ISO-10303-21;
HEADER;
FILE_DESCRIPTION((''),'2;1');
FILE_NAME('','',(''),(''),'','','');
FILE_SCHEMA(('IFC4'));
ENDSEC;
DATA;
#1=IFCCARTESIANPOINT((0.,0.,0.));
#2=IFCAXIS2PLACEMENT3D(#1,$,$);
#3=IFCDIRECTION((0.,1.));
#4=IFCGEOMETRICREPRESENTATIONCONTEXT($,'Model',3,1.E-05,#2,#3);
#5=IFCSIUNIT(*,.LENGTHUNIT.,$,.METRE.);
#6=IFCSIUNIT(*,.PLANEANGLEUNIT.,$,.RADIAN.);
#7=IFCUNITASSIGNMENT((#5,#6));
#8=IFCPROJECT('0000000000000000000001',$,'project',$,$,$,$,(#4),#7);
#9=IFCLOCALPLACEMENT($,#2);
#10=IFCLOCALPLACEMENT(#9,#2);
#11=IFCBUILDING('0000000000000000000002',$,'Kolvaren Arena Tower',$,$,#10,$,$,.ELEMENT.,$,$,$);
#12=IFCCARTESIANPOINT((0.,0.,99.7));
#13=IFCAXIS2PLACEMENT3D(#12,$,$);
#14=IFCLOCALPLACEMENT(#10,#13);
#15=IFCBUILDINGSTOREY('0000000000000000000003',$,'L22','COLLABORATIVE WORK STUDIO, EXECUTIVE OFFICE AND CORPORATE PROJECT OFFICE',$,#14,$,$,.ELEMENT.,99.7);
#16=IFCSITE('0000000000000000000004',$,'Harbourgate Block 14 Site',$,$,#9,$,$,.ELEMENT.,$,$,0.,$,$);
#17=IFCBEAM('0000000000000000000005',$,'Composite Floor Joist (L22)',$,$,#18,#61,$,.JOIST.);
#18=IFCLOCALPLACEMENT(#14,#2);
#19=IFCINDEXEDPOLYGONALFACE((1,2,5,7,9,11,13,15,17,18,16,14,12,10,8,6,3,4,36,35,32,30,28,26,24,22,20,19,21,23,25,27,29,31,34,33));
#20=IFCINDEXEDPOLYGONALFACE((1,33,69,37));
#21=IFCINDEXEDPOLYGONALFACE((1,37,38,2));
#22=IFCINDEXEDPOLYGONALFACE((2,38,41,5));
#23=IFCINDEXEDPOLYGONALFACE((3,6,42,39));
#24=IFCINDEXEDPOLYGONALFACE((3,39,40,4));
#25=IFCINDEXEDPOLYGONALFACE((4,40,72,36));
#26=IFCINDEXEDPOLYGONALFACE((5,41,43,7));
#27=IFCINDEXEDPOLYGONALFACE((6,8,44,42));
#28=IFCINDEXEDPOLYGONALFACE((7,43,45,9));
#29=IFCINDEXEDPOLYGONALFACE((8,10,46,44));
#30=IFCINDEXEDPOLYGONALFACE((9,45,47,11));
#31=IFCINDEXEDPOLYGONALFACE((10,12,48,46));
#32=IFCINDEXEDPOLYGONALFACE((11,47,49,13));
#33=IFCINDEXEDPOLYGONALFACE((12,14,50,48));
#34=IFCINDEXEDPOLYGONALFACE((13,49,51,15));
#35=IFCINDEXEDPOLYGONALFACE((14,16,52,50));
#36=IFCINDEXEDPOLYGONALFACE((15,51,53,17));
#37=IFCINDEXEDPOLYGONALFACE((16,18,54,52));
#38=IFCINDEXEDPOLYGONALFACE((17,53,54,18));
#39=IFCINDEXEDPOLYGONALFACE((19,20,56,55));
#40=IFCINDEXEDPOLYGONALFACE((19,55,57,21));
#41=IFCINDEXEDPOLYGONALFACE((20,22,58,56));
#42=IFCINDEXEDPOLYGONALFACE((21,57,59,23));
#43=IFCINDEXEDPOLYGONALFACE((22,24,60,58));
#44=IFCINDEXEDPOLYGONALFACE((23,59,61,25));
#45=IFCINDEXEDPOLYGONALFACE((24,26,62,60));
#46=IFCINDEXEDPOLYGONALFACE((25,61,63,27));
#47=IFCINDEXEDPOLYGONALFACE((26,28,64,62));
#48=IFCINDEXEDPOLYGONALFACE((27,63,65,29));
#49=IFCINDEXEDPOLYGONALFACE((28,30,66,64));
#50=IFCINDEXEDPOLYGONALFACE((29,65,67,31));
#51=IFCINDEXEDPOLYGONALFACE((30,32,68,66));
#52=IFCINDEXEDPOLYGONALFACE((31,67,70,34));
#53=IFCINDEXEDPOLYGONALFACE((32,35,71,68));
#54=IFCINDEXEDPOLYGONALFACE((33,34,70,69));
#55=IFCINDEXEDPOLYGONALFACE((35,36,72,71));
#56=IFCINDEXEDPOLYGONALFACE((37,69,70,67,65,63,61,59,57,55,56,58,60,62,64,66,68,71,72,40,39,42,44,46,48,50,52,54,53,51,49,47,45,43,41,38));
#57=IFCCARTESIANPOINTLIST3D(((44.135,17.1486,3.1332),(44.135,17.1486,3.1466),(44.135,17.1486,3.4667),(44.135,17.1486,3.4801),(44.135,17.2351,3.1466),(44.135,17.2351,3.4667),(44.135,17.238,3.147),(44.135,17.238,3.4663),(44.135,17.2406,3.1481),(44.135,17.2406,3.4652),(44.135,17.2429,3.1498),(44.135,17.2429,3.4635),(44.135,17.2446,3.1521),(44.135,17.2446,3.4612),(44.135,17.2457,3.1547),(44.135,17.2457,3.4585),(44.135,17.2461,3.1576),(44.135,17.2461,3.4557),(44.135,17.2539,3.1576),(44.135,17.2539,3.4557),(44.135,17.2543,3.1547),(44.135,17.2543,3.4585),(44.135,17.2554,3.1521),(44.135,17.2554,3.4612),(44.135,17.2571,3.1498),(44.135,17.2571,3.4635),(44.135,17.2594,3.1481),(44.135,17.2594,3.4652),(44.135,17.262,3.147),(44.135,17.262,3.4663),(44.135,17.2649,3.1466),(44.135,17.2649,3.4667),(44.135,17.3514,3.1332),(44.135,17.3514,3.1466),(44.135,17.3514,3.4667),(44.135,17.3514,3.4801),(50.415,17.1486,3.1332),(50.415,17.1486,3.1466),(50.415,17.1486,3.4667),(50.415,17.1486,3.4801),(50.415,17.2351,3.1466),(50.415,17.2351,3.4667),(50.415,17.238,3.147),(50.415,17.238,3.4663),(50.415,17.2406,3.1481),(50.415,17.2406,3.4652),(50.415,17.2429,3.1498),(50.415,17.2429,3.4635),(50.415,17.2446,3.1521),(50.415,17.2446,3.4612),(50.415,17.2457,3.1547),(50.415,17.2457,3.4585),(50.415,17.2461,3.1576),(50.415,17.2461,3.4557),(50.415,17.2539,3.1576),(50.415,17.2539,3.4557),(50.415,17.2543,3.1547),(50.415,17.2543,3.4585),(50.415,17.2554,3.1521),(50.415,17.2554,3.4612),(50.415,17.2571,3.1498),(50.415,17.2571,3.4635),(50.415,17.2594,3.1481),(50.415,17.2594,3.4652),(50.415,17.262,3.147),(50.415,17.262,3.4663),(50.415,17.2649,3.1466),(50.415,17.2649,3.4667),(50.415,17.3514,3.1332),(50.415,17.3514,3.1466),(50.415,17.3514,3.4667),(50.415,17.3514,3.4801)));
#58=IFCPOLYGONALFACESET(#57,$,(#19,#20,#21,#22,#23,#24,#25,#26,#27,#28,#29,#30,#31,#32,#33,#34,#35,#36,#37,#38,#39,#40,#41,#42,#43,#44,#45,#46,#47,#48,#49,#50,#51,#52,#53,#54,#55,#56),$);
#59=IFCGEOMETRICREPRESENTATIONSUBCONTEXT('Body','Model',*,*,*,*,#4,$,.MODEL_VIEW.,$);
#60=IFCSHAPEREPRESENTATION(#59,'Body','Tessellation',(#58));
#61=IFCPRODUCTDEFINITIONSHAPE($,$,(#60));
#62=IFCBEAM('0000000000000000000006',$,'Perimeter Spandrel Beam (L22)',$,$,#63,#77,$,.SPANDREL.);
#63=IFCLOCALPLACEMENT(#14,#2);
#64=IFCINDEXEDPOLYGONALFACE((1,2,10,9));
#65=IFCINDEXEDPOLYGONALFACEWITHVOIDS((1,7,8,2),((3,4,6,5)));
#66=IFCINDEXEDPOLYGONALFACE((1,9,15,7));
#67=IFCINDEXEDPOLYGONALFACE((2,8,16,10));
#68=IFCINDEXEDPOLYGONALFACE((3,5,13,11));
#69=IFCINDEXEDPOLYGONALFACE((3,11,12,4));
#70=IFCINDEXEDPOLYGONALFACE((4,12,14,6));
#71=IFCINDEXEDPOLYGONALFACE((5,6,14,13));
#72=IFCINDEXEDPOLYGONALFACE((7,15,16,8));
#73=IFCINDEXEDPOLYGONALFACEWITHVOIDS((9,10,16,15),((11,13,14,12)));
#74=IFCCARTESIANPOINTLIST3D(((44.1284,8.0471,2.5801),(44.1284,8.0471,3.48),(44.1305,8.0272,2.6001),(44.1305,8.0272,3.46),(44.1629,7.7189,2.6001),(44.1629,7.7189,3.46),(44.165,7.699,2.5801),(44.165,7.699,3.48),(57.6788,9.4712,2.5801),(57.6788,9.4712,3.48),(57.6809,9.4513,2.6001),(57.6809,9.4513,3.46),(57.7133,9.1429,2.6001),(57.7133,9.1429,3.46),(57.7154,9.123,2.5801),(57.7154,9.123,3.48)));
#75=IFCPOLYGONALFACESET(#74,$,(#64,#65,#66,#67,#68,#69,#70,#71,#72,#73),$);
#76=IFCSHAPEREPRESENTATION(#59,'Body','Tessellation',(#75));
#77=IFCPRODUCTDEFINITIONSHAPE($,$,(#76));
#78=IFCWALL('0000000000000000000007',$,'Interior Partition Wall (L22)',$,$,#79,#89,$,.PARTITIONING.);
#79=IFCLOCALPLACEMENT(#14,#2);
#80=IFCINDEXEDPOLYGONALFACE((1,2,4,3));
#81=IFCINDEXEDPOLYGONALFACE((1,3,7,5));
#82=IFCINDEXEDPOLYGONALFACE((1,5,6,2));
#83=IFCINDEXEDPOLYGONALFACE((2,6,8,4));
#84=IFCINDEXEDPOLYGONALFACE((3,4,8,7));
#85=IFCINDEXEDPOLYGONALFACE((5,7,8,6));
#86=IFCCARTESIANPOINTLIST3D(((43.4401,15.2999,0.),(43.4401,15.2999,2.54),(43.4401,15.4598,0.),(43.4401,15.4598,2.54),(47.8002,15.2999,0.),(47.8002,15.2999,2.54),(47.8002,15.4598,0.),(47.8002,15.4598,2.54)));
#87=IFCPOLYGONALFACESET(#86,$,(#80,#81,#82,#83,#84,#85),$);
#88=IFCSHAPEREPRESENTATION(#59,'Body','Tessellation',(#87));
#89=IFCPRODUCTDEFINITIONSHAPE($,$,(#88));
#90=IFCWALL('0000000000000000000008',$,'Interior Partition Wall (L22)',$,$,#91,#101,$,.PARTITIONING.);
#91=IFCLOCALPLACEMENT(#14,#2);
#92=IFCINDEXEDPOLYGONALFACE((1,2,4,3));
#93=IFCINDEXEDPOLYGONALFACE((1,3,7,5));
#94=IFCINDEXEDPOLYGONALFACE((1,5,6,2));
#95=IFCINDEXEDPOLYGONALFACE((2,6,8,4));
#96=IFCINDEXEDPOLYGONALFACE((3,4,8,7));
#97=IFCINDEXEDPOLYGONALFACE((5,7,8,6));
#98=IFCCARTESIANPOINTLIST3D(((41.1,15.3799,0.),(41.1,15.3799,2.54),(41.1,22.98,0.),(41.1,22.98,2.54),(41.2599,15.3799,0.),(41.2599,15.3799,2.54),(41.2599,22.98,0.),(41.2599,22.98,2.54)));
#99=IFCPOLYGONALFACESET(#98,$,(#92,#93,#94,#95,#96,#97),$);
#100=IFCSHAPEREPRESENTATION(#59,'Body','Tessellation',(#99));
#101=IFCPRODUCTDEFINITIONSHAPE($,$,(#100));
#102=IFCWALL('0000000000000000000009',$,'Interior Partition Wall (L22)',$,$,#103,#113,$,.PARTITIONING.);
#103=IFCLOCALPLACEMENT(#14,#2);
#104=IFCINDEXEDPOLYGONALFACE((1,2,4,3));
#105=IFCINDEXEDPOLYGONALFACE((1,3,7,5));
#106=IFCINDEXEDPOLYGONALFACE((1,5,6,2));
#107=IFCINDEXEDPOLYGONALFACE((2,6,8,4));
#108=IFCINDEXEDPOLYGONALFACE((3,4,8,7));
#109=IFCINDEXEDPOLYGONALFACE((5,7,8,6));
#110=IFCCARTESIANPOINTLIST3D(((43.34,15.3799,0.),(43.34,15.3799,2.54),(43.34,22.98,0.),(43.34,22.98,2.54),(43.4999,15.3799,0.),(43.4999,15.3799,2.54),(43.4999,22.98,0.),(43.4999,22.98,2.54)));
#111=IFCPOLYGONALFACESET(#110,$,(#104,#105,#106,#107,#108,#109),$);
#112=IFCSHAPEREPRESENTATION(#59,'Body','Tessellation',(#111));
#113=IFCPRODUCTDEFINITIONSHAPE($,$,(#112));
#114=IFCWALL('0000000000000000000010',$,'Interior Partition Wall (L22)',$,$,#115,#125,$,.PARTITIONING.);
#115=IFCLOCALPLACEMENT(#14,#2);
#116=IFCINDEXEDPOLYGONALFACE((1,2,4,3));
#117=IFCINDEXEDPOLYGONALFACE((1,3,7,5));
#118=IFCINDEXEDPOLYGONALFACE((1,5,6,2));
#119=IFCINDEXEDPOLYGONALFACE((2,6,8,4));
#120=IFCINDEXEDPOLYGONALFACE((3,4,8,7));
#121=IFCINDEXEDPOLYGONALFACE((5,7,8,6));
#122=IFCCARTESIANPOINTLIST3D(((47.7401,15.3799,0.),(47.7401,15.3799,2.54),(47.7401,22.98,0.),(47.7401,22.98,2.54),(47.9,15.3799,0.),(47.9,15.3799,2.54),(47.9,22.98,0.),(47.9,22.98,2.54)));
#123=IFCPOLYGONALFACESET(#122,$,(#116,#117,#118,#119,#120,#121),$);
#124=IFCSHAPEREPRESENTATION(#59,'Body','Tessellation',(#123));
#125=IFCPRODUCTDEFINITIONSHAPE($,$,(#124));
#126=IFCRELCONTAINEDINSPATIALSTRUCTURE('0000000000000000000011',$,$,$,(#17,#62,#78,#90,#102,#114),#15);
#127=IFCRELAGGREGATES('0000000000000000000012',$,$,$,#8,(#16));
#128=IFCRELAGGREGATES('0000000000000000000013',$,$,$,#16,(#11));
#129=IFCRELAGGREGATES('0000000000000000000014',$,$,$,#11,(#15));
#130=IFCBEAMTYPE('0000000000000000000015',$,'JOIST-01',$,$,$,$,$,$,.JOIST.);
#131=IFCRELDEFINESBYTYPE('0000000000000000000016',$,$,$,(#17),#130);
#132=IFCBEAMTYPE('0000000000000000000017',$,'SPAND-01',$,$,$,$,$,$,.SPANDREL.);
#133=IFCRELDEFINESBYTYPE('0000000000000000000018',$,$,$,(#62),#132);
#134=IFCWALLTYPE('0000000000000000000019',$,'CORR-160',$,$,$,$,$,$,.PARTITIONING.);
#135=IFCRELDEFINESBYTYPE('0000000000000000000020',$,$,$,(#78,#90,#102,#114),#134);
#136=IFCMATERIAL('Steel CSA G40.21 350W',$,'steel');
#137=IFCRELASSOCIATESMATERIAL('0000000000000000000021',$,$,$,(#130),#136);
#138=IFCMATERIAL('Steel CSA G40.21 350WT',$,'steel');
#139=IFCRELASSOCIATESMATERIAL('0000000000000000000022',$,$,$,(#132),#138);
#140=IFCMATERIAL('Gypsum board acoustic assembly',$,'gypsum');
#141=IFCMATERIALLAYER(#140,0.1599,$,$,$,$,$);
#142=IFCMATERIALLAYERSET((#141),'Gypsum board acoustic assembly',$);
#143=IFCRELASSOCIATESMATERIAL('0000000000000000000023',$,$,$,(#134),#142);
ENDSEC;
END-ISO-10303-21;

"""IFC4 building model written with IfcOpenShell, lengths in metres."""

from ifc_helpers import new_model, si_unit, direction, frame, frame_2d, origin, origin_2d, place, context, subcontext, project, spatial, rectangle, hollow_rectangle, i_section, extrude, material, layer, layer_set, material_profile, profile_set, type_object, element, save


model = new_model("IFC4")

# Units and contexts
model_context = context("Model", 3, precision=1e-05, world=origin(), true_north=direction((0.0, 1.0)))
body_context = subcontext(model_context, "Body", "Model", "MODEL_VIEW")
ifc_project = project(units=[si_unit("LENGTHUNIT", "METRE"), si_unit("PLANEANGLEUNIT", "RADIAN")], contexts=[model_context])

# Site, building, storey
site_placement = place(None, origin())
site = spatial("IfcSite", under=ifc_project, at=site_placement, Name="Harbourgate Block 14 Site", CompositionType="ELEMENT", RefElevation=0.0)
building_placement = place(site_placement, origin())
building = spatial("IfcBuilding", under=site, at=building_placement, Name="Kolvaren Arena Tower", CompositionType="ELEMENT")
storey_placement = place(building_placement, frame((0.0, 0.0, 99.7)))
storey = spatial("IfcBuildingStorey", under=building, at=storey_placement, Name="L22", Description="COLLABORATIVE WORK STUDIO, EXECUTIVE OFFICE AND CORPORATE PROJECT OFFICE", CompositionType="ELEMENT", Elevation=99.7)

# Beams
ifc_material_1 = material(Name="Steel CSA G40.21 350W", Category="steel")
ifc_material_profile_1 = material_profile(ifc_material_1, i_section(OverallWidth=0.2029, OverallDepth=0.3469, WebThickness=0.0078, FlangeThickness=0.0134, FilletRadius=0.011, at=origin_2d()), Name="W360x64")
ifc_profile_set_1 = profile_set([ifc_material_profile_1], Name="Steel CSA G40.21 350W")
beam_type_1 = type_object("IfcBeamType", Name="JOIST-01", PredefinedType="JOIST", material=ifc_profile_set_1)
beam_1_placement = place(storey_placement, frame((44.135, 17.25, 3.3066), z_axis=(1.0, 0.0, 0.0), x_axis=(0.0, 1.0, 0.0)))
element("IfcBeam", 1, at=beam_1_placement, inside=storey, type_object=beam_type_1, Name="Composite Floor Joist (L22)", PredefinedType="JOIST", context=body_context, shape_type="SweptSolid", body=[
    extrude(i_section(OverallWidth=0.2029, OverallDepth=0.3469, WebThickness=0.0078, FlangeThickness=0.0134, FilletRadius=0.011, at=origin_2d()), origin(), (0.0, 0.0, 1.0), 6.28),
])
ifc_material_2 = material(Name="Steel CSA G40.21 350WT", Category="steel")
ifc_material_profile_2 = material_profile(ifc_material_2, hollow_rectangle(XDim=0.3501, YDim=0.8999, WallThickness=0.02, at=origin_2d()), Name="HSS 900x350x20")
ifc_profile_set_2 = profile_set([ifc_material_profile_2], Name="Steel CSA G40.21 350WT")
beam_type_2 = type_object("IfcBeamType", Name="SPAND-01", PredefinedType="SPANDREL", material=ifc_profile_set_2)
beam_2_placement = place(storey_placement, frame((44.1467, 7.873, 3.03), z_axis=(0.994523, 0.10452, 0.0), x_axis=(-0.10452, 0.994523, 0.0)))
element("IfcBeam", 2, at=beam_2_placement, inside=storey, type_object=beam_type_2, Name="Perimeter Spandrel Beam (L22)", PredefinedType="SPANDREL", context=body_context, shape_type="SweptSolid", body=[
    extrude(hollow_rectangle(XDim=0.3501, YDim=0.8999, WallThickness=0.02, at=origin_2d()), origin(), (0.0, 0.0, 1.0), 13.625),
])

# Walls
ifc_material_3 = material(Name="Gypsum board acoustic assembly", Category="gypsum")
ifc_layer_1 = layer(ifc_material_3, 0.1599)
ifc_layer_set_1 = layer_set([ifc_layer_1], Name="Gypsum board acoustic assembly")
wall_type_1 = type_object("IfcWallType", Name="CORR-160", PredefinedType="PARTITIONING", material=ifc_layer_set_1)
wall_1_placement = place(storey_placement, frame((43.4399, 15.3799, 0.0), z_axis=(0.0, 0.0, 1.0), x_axis=(1.0, 0.0, 0.0)))
element("IfcWall", 3, at=wall_1_placement, inside=storey, type_object=wall_type_1, Name="Interior Partition Wall (L22)", PredefinedType="PARTITIONING", context=body_context, shape_type="SweptSolid", body=[
    extrude(rectangle(XDim=4.3601, YDim=0.1599, at=frame_2d((2.1802, 0.0))), origin(), (0.0, 0.0, 1.0), 2.54),
])
for number, where, z_axis, x_axis, name in (
    (4, (41.1799, 15.3799, 0.0), (0.0, 0.0, 1.0), (0.0, 1.0, 0.0), "Interior Partition Wall (L22)"),
    (5, (43.4199, 15.3799, 0.0), (0.0, 0.0, 1.0), (0.0, 1.0, 0.0), "Interior Partition Wall (L22)"),
    (6, (47.8201, 15.3799, 0.0), (0.0, 0.0, 1.0), (0.0, 1.0, 0.0), "Interior Partition Wall (L22)"),
):
    element("IfcWall", number, at=place(storey_placement, frame(where, z_axis=z_axis, x_axis=x_axis)), inside=storey, type_object=wall_type_1, Name=name, PredefinedType="PARTITIONING", context=body_context, shape_type="SweptSolid", body=[
        extrude(rectangle(XDim=7.6001, YDim=0.1599, at=frame_2d((3.8, 0.0))), origin(), (0.0, 0.0, 1.0), 2.54),
    ])

save(model, "model.ifc")
